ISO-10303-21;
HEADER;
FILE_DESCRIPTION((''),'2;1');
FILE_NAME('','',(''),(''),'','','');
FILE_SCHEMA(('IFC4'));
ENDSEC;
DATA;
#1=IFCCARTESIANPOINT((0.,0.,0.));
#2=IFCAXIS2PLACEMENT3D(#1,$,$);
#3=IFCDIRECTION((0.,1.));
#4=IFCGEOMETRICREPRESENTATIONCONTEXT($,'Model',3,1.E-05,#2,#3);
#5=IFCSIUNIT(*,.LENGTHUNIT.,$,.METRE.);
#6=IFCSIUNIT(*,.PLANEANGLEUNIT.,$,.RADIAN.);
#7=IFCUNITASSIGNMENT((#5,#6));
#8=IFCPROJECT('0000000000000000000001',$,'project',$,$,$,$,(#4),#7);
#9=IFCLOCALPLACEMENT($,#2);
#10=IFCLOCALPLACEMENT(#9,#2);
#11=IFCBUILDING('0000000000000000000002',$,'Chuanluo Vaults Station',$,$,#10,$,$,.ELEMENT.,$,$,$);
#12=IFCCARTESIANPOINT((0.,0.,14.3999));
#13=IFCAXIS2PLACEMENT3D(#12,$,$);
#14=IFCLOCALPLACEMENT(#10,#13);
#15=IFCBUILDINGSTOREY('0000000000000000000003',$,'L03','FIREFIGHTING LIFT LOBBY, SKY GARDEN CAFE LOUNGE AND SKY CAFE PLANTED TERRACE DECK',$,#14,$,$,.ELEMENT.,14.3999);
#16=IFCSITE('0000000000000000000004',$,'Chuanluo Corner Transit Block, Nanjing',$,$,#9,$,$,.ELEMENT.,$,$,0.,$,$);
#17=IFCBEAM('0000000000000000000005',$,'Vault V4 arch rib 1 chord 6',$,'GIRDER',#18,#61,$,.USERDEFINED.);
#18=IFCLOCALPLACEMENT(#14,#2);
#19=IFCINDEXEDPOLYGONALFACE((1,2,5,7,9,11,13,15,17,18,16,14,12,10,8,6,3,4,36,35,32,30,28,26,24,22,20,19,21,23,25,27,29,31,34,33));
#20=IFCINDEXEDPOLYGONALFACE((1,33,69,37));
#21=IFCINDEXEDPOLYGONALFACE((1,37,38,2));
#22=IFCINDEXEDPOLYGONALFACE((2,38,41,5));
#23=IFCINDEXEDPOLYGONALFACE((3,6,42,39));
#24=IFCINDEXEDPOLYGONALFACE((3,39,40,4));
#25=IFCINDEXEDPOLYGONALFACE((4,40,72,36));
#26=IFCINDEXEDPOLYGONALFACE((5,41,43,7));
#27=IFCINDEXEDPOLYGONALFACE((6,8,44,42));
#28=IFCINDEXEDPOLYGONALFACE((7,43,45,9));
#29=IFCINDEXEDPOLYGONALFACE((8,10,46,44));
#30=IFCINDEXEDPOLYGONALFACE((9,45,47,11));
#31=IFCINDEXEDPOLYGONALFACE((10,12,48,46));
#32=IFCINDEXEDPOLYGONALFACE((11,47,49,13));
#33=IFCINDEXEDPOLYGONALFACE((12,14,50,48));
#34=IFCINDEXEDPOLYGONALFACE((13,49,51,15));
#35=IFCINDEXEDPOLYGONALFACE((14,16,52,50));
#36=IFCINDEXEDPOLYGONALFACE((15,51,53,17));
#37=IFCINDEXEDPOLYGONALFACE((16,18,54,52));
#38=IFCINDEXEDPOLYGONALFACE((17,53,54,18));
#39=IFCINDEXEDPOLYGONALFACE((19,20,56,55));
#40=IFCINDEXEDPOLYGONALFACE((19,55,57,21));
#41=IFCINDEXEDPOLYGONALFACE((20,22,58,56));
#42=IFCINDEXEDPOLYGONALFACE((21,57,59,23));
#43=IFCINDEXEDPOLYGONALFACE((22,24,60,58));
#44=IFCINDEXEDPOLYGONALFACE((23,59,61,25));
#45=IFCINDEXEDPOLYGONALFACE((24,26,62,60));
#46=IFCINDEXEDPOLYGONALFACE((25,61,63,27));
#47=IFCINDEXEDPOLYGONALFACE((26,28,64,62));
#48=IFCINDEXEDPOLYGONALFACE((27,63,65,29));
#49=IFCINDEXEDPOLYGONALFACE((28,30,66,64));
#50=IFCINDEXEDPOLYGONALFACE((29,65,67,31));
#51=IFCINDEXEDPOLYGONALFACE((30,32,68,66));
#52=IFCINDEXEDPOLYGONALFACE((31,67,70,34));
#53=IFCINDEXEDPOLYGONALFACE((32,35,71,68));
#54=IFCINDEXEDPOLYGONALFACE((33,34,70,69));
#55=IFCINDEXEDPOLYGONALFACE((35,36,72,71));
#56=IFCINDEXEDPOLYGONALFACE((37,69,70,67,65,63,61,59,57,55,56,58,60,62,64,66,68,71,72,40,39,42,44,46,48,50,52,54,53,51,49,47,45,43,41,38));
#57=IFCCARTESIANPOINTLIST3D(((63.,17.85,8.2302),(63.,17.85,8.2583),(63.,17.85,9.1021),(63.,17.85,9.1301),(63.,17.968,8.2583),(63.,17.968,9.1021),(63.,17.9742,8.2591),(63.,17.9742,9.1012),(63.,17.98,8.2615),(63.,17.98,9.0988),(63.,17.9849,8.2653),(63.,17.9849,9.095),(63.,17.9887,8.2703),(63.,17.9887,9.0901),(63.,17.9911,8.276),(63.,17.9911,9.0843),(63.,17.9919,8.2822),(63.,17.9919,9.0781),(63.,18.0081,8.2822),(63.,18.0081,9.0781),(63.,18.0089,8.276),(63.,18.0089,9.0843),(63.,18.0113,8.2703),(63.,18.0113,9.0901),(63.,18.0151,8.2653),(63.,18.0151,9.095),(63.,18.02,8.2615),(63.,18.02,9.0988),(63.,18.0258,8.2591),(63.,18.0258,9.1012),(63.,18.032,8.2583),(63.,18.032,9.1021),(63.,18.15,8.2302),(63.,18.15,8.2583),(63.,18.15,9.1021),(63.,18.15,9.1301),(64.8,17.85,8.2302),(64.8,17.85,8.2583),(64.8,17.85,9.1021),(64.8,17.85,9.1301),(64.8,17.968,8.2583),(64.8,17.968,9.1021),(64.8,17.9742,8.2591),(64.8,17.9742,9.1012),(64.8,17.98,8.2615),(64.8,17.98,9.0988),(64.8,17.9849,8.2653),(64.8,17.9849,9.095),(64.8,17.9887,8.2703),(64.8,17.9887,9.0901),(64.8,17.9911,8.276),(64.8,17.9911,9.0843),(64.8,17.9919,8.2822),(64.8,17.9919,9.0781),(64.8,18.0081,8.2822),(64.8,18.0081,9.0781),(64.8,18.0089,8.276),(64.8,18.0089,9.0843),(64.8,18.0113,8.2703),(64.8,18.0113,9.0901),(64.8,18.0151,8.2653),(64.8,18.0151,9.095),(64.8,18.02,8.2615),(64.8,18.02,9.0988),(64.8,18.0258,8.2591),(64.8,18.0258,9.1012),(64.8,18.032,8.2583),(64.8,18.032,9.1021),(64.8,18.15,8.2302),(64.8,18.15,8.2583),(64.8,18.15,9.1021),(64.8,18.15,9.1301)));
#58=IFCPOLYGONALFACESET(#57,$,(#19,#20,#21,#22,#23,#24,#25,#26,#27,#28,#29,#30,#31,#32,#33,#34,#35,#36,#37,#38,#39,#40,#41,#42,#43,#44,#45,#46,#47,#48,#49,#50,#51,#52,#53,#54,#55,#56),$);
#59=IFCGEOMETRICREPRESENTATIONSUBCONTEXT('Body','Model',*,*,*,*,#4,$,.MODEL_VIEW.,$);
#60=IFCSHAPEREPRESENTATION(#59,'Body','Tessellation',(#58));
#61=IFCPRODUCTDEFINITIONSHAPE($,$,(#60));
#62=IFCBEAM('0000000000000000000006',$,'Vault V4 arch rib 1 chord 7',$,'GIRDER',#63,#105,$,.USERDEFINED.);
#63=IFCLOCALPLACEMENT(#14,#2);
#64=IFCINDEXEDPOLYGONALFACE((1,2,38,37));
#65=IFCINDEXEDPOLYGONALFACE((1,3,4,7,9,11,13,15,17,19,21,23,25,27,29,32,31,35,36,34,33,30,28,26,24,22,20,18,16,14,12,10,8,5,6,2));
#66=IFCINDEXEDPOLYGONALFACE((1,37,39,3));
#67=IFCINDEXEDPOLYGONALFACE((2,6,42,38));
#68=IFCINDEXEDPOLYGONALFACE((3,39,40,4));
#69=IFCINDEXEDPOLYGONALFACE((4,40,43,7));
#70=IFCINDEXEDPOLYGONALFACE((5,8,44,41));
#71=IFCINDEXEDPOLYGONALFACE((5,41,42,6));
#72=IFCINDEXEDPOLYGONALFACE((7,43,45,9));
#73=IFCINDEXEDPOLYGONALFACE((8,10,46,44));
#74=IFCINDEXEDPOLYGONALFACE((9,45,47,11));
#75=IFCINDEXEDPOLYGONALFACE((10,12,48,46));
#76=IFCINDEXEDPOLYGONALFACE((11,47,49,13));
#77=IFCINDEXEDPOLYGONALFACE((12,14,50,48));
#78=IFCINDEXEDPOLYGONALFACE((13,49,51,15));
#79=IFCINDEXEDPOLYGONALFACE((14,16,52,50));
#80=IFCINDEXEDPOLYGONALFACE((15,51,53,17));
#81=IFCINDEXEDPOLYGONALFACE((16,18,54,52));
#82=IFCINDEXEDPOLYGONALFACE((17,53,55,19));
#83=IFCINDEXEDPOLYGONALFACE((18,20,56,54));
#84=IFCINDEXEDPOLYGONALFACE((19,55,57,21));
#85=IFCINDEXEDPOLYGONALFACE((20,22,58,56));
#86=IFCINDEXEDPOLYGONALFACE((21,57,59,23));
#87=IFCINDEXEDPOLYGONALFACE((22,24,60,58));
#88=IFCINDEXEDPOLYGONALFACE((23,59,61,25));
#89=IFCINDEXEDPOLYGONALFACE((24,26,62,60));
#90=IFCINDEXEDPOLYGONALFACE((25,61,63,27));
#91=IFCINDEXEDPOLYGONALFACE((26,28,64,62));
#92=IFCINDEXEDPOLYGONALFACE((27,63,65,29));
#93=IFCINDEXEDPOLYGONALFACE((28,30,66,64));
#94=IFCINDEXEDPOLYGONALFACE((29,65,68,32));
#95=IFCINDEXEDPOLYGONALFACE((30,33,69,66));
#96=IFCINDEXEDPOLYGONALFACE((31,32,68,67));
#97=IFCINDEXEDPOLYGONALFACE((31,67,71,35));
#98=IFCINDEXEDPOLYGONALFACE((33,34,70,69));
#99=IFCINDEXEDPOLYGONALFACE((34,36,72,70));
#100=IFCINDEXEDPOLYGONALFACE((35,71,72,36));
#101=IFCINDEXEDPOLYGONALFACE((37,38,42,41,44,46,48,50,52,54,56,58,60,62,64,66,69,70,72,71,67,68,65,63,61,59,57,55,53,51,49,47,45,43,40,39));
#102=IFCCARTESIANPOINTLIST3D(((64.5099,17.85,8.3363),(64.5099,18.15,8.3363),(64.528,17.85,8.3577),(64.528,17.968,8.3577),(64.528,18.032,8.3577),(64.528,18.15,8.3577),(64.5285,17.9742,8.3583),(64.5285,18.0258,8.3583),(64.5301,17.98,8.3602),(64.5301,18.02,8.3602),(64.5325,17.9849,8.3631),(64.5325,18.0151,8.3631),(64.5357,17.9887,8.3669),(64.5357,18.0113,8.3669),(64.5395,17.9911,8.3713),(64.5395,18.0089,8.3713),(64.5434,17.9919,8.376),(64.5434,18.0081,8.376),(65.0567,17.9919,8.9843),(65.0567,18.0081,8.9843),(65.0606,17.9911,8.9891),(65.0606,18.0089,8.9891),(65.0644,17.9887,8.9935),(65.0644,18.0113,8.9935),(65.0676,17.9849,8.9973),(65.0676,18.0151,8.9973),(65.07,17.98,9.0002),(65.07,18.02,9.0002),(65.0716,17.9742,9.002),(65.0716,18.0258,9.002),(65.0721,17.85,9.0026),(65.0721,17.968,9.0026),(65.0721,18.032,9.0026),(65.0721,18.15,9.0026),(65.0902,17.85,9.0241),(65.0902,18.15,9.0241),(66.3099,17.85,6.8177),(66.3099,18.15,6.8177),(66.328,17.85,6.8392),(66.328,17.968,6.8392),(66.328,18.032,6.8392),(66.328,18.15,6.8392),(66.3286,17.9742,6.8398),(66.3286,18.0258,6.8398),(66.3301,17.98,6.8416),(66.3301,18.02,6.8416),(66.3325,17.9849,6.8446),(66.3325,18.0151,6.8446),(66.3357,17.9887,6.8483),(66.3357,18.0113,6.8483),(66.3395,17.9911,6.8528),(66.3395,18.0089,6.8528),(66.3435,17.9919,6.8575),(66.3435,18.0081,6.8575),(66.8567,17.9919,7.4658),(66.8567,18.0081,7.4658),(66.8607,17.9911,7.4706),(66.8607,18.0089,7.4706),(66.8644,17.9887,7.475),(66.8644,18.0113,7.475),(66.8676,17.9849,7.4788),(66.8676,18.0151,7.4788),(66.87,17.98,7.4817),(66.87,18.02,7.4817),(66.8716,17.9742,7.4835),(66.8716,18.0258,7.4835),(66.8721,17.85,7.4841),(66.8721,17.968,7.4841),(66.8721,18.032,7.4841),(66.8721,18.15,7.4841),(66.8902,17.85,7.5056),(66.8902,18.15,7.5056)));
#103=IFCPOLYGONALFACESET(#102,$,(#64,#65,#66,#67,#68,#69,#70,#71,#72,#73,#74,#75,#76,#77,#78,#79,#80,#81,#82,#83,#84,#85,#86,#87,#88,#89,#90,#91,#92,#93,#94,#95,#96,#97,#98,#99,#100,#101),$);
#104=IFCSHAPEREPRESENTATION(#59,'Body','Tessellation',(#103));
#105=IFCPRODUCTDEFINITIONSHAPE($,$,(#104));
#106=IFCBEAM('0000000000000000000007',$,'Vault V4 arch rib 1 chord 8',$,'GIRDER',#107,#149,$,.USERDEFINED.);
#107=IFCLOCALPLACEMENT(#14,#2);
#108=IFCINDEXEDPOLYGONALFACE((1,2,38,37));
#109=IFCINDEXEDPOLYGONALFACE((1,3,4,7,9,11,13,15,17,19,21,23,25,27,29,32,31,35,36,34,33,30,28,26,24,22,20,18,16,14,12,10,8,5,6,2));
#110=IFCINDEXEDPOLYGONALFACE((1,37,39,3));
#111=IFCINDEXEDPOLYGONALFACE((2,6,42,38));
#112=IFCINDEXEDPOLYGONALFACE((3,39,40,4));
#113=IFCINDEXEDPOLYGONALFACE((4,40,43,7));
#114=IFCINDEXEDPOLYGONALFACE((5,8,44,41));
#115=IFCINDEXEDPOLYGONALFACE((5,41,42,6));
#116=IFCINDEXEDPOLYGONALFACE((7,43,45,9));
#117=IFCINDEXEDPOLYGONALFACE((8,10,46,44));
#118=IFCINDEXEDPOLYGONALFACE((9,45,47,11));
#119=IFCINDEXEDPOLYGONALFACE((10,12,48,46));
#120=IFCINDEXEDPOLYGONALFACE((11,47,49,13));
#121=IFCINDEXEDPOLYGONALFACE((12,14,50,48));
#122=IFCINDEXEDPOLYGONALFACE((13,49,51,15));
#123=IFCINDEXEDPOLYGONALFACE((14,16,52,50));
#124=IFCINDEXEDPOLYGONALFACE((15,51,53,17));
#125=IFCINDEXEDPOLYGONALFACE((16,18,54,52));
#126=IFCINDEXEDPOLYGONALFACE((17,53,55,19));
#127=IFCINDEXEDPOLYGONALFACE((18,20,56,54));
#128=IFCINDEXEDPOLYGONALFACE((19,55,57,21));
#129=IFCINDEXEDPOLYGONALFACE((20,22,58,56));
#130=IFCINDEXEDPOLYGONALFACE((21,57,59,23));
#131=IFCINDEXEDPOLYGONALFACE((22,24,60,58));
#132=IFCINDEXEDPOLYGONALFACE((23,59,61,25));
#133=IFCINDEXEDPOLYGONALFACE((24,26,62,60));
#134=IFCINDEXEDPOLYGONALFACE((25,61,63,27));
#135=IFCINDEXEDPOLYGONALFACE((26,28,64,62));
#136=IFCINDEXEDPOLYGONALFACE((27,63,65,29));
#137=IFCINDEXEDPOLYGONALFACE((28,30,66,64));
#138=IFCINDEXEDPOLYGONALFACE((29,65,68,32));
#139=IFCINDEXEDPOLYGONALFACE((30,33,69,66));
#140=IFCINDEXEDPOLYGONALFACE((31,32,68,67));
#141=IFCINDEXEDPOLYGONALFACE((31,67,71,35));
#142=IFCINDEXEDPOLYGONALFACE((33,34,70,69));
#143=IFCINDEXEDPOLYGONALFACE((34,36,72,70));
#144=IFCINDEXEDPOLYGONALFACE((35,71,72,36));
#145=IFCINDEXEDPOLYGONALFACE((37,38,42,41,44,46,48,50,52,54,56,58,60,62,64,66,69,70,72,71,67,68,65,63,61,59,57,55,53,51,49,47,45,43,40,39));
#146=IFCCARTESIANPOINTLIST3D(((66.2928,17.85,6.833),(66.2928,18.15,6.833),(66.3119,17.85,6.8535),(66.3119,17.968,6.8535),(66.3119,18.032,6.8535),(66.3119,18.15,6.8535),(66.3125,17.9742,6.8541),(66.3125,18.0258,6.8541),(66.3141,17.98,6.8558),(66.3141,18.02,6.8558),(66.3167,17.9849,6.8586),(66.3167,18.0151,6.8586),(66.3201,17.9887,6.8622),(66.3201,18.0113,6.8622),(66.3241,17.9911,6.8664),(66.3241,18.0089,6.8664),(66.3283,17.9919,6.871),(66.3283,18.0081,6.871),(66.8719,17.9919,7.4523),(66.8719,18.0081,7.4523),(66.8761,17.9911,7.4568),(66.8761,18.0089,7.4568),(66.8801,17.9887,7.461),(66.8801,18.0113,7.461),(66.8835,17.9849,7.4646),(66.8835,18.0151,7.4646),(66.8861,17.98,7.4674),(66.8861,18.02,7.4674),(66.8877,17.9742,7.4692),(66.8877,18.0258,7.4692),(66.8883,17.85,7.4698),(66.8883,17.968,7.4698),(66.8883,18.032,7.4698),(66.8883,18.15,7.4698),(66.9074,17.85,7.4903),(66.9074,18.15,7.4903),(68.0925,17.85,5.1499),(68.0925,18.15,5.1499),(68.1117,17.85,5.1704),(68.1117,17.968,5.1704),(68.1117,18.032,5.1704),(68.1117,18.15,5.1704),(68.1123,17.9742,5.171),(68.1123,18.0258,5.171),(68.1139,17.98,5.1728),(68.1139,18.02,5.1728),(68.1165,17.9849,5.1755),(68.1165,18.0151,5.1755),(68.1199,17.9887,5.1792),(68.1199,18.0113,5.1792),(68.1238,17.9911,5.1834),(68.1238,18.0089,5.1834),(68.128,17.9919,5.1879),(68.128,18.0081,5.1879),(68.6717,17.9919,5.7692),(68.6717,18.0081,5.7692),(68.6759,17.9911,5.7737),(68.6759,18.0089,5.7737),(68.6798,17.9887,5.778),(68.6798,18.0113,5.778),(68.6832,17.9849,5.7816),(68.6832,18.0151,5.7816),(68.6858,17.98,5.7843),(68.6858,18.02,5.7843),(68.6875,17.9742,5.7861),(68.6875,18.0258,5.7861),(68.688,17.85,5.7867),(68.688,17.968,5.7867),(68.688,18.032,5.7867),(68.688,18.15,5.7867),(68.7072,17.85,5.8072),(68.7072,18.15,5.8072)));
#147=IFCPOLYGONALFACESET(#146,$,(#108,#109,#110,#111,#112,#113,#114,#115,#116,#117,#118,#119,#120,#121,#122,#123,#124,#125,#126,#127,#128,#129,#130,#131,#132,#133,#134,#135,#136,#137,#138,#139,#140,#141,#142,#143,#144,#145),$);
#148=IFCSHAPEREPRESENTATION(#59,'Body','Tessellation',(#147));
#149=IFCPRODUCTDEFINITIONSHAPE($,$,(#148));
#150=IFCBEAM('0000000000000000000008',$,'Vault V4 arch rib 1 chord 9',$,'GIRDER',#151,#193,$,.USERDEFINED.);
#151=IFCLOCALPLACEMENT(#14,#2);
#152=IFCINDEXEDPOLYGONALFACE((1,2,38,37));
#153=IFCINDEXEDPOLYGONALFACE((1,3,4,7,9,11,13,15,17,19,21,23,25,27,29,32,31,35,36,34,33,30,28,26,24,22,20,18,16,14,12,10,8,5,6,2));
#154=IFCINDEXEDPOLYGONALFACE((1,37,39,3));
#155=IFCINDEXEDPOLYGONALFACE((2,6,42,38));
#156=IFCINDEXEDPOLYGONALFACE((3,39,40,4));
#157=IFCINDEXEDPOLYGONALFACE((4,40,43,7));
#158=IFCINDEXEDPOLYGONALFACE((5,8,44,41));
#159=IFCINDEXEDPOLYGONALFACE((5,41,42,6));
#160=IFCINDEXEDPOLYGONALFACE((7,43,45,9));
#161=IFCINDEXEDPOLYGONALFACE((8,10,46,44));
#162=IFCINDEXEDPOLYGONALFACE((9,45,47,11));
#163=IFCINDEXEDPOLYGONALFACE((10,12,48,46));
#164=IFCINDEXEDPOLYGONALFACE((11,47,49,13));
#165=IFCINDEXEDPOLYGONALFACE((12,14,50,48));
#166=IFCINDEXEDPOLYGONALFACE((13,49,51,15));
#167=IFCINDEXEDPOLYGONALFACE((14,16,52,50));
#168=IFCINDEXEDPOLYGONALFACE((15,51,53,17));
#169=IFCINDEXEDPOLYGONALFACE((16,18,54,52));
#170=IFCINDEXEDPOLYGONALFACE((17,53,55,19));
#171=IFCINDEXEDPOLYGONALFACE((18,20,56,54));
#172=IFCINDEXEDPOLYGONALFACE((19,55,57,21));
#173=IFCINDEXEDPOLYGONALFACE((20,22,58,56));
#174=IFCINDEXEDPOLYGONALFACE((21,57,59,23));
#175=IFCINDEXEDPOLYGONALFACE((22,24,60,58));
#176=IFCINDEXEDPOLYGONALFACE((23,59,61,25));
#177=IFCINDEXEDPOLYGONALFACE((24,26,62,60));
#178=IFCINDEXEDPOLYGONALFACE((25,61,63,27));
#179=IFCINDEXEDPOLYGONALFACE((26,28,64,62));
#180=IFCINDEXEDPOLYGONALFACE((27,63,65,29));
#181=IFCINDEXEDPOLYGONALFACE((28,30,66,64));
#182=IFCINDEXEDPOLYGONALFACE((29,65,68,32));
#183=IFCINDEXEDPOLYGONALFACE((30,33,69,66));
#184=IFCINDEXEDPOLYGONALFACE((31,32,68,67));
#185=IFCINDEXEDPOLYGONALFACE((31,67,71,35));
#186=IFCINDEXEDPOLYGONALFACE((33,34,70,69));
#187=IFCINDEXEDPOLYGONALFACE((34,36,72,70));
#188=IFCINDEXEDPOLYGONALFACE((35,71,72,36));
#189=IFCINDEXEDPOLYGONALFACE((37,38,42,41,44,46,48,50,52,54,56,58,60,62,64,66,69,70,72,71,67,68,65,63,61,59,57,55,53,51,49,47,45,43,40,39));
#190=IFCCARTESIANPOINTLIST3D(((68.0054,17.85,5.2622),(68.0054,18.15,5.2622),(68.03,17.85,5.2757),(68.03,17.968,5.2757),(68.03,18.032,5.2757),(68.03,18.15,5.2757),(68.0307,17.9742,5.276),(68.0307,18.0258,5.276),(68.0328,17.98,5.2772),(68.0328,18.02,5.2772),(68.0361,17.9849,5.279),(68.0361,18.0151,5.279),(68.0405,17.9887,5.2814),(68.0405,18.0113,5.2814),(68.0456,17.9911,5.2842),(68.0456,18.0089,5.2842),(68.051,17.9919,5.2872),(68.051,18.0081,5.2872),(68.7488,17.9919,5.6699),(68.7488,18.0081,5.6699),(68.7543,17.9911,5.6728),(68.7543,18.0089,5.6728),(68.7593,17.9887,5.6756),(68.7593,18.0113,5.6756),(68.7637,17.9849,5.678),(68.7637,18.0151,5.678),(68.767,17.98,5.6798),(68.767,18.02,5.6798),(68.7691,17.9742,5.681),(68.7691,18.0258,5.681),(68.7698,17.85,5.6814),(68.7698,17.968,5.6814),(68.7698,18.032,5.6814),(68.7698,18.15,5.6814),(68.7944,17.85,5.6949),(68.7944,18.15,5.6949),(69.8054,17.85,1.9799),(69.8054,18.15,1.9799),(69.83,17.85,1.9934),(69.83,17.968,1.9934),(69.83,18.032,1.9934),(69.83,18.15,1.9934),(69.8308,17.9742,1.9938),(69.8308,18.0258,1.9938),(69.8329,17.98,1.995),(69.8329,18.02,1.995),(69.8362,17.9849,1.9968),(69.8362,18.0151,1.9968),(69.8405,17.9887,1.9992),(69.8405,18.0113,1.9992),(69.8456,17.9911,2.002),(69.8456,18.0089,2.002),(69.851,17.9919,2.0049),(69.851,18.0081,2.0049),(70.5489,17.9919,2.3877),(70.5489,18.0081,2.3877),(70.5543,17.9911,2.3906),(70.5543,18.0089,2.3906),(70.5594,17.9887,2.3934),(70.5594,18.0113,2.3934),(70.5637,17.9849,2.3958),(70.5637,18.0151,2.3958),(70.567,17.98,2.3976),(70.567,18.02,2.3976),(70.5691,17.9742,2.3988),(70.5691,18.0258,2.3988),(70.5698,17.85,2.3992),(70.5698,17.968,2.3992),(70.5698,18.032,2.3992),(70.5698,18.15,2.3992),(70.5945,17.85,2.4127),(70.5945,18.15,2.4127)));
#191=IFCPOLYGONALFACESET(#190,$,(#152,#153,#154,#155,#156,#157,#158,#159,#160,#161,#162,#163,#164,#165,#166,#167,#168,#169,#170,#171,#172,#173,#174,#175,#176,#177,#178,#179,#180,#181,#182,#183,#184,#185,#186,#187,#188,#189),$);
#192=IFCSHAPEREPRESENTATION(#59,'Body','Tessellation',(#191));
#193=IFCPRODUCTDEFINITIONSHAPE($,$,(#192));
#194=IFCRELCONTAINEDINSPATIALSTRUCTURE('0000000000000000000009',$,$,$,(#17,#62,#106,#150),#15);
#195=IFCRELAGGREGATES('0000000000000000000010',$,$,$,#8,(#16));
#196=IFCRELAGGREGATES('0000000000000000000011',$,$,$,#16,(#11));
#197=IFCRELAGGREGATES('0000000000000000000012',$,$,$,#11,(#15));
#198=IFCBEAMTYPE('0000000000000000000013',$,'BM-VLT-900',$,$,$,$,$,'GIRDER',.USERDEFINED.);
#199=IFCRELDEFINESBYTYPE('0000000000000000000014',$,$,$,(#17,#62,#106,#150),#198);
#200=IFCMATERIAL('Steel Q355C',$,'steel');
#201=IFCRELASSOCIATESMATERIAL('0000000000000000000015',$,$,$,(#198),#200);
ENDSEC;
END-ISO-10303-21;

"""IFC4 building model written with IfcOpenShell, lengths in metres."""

from ifc_helpers import new_model, si_unit, direction, frame, origin, origin_2d, place, context, subcontext, project, spatial, i_section, extrude, material, material_profile, profile_set, type_object, element, save


model = new_model("IFC4")

# Units and contexts
model_context = context("Model", 3, precision=1e-05, world=origin(), true_north=direction((0.0, 1.0)))
body_context = subcontext(model_context, "Body", "Model", "MODEL_VIEW")
ifc_project = project(units=[si_unit("LENGTHUNIT", "METRE"), si_unit("PLANEANGLEUNIT", "RADIAN")], contexts=[model_context])

# Site, building, storey
site_placement = place(None, origin())
site = spatial("IfcSite", under=ifc_project, at=site_placement, Name="Chuanluo Corner Transit Block, Nanjing", CompositionType="ELEMENT", RefElevation=0.0)
building_placement = place(site_placement, origin())
building = spatial("IfcBuilding", under=site, at=building_placement, Name="Chuanluo Vaults Station", CompositionType="ELEMENT")
storey_placement = place(building_placement, frame((0.0, 0.0, 14.3999)))
storey = spatial("IfcBuildingStorey", under=building, at=storey_placement, Name="L03", Description="FIREFIGHTING LIFT LOBBY, SKY GARDEN CAFE LOUNGE AND SKY CAFE PLANTED TERRACE DECK", CompositionType="ELEMENT", Elevation=14.3999)

# Beams
ifc_material_1 = material(Name="Steel Q355C", Category="steel")
ifc_material_profile_1 = material_profile(ifc_material_1, i_section(OverallWidth=0.3, OverallDepth=0.8999, WebThickness=0.0161, FlangeThickness=0.0281, FilletRadius=0.0239, at=origin_2d()))
ifc_profile_set_1 = profile_set([ifc_material_profile_1], Name="Steel Q355C")
beam_type = type_object("IfcBeamType", Name="BM-VLT-900", ElementType="GIRDER", PredefinedType="USERDEFINED", material=ifc_profile_set_1)
beam_1_placement = place(storey_placement, frame((63.0, 18.0, 8.6802), z_axis=(1.0, 0.0, 0.0), x_axis=(0.0, 1.0, 0.0)))
element("IfcBeam", 1, at=beam_1_placement, inside=storey, type_object=beam_type, Name="Vault V4 arch rib 1 chord 6", ObjectType="GIRDER", PredefinedType="USERDEFINED", context=body_context, shape_type="SweptSolid", body=[
    extrude(i_section(OverallWidth=0.3, OverallDepth=0.8999, WebThickness=0.0161, FlangeThickness=0.0281, FilletRadius=0.0239, at=origin_2d()), origin(), (0.0, 0.0, 1.0), 1.8),
])
beam_2_placement = place(storey_placement, frame((64.8, 18.0, 8.6802), z_axis=(0.764341, 0.0, -0.644812), x_axis=(0.0, 1.0, 0.0)))
element("IfcBeam", 2, at=beam_2_placement, inside=storey, type_object=beam_type, Name="Vault V4 arch rib 1 chord 7", ObjectType="GIRDER", PredefinedType="USERDEFINED", context=body_context, shape_type="SweptSolid", body=[
    extrude(i_section(OverallWidth=0.3, OverallDepth=0.8999, WebThickness=0.0161, FlangeThickness=0.0281, FilletRadius=0.0239, at=origin_2d()), origin(), (0.0, 0.0, 1.0), 2.355),
])
beam_3_placement = place(storey_placement, frame((66.6001, 18.0, 7.1616), z_axis=(0.730389, 0.0, -0.683031), x_axis=(0.0, 1.0, 0.0)))
element("IfcBeam", 3, at=beam_3_placement, inside=storey, type_object=beam_type, Name="Vault V4 arch rib 1 chord 8", ObjectType="GIRDER", PredefinedType="USERDEFINED", context=body_context, shape_type="SweptSolid", body=[
    extrude(i_section(OverallWidth=0.3, OverallDepth=0.8999, WebThickness=0.0161, FlangeThickness=0.0281, FilletRadius=0.0239, at=origin_2d()), origin(), (0.0, 0.0, 1.0), 2.4641),
])
beam_4_placement = place(storey_placement, frame((68.3999, 18.0, 5.4785), z_axis=(0.480857, 0.0, -0.876799), x_axis=(0.0, 1.0, 0.0)))
element("IfcBeam", 4, at=beam_4_placement, inside=storey, type_object=beam_type, Name="Vault V4 arch rib 1 chord 9", ObjectType="GIRDER", PredefinedType="USERDEFINED", context=body_context, shape_type="SweptSolid", body=[
    extrude(i_section(OverallWidth=0.3, OverallDepth=0.8999, WebThickness=0.0161, FlangeThickness=0.0281, FilletRadius=0.0239, at=origin_2d()), origin(), (0.0, 0.0, 1.0), 3.7434),
])

save(model, "model.ifc")
